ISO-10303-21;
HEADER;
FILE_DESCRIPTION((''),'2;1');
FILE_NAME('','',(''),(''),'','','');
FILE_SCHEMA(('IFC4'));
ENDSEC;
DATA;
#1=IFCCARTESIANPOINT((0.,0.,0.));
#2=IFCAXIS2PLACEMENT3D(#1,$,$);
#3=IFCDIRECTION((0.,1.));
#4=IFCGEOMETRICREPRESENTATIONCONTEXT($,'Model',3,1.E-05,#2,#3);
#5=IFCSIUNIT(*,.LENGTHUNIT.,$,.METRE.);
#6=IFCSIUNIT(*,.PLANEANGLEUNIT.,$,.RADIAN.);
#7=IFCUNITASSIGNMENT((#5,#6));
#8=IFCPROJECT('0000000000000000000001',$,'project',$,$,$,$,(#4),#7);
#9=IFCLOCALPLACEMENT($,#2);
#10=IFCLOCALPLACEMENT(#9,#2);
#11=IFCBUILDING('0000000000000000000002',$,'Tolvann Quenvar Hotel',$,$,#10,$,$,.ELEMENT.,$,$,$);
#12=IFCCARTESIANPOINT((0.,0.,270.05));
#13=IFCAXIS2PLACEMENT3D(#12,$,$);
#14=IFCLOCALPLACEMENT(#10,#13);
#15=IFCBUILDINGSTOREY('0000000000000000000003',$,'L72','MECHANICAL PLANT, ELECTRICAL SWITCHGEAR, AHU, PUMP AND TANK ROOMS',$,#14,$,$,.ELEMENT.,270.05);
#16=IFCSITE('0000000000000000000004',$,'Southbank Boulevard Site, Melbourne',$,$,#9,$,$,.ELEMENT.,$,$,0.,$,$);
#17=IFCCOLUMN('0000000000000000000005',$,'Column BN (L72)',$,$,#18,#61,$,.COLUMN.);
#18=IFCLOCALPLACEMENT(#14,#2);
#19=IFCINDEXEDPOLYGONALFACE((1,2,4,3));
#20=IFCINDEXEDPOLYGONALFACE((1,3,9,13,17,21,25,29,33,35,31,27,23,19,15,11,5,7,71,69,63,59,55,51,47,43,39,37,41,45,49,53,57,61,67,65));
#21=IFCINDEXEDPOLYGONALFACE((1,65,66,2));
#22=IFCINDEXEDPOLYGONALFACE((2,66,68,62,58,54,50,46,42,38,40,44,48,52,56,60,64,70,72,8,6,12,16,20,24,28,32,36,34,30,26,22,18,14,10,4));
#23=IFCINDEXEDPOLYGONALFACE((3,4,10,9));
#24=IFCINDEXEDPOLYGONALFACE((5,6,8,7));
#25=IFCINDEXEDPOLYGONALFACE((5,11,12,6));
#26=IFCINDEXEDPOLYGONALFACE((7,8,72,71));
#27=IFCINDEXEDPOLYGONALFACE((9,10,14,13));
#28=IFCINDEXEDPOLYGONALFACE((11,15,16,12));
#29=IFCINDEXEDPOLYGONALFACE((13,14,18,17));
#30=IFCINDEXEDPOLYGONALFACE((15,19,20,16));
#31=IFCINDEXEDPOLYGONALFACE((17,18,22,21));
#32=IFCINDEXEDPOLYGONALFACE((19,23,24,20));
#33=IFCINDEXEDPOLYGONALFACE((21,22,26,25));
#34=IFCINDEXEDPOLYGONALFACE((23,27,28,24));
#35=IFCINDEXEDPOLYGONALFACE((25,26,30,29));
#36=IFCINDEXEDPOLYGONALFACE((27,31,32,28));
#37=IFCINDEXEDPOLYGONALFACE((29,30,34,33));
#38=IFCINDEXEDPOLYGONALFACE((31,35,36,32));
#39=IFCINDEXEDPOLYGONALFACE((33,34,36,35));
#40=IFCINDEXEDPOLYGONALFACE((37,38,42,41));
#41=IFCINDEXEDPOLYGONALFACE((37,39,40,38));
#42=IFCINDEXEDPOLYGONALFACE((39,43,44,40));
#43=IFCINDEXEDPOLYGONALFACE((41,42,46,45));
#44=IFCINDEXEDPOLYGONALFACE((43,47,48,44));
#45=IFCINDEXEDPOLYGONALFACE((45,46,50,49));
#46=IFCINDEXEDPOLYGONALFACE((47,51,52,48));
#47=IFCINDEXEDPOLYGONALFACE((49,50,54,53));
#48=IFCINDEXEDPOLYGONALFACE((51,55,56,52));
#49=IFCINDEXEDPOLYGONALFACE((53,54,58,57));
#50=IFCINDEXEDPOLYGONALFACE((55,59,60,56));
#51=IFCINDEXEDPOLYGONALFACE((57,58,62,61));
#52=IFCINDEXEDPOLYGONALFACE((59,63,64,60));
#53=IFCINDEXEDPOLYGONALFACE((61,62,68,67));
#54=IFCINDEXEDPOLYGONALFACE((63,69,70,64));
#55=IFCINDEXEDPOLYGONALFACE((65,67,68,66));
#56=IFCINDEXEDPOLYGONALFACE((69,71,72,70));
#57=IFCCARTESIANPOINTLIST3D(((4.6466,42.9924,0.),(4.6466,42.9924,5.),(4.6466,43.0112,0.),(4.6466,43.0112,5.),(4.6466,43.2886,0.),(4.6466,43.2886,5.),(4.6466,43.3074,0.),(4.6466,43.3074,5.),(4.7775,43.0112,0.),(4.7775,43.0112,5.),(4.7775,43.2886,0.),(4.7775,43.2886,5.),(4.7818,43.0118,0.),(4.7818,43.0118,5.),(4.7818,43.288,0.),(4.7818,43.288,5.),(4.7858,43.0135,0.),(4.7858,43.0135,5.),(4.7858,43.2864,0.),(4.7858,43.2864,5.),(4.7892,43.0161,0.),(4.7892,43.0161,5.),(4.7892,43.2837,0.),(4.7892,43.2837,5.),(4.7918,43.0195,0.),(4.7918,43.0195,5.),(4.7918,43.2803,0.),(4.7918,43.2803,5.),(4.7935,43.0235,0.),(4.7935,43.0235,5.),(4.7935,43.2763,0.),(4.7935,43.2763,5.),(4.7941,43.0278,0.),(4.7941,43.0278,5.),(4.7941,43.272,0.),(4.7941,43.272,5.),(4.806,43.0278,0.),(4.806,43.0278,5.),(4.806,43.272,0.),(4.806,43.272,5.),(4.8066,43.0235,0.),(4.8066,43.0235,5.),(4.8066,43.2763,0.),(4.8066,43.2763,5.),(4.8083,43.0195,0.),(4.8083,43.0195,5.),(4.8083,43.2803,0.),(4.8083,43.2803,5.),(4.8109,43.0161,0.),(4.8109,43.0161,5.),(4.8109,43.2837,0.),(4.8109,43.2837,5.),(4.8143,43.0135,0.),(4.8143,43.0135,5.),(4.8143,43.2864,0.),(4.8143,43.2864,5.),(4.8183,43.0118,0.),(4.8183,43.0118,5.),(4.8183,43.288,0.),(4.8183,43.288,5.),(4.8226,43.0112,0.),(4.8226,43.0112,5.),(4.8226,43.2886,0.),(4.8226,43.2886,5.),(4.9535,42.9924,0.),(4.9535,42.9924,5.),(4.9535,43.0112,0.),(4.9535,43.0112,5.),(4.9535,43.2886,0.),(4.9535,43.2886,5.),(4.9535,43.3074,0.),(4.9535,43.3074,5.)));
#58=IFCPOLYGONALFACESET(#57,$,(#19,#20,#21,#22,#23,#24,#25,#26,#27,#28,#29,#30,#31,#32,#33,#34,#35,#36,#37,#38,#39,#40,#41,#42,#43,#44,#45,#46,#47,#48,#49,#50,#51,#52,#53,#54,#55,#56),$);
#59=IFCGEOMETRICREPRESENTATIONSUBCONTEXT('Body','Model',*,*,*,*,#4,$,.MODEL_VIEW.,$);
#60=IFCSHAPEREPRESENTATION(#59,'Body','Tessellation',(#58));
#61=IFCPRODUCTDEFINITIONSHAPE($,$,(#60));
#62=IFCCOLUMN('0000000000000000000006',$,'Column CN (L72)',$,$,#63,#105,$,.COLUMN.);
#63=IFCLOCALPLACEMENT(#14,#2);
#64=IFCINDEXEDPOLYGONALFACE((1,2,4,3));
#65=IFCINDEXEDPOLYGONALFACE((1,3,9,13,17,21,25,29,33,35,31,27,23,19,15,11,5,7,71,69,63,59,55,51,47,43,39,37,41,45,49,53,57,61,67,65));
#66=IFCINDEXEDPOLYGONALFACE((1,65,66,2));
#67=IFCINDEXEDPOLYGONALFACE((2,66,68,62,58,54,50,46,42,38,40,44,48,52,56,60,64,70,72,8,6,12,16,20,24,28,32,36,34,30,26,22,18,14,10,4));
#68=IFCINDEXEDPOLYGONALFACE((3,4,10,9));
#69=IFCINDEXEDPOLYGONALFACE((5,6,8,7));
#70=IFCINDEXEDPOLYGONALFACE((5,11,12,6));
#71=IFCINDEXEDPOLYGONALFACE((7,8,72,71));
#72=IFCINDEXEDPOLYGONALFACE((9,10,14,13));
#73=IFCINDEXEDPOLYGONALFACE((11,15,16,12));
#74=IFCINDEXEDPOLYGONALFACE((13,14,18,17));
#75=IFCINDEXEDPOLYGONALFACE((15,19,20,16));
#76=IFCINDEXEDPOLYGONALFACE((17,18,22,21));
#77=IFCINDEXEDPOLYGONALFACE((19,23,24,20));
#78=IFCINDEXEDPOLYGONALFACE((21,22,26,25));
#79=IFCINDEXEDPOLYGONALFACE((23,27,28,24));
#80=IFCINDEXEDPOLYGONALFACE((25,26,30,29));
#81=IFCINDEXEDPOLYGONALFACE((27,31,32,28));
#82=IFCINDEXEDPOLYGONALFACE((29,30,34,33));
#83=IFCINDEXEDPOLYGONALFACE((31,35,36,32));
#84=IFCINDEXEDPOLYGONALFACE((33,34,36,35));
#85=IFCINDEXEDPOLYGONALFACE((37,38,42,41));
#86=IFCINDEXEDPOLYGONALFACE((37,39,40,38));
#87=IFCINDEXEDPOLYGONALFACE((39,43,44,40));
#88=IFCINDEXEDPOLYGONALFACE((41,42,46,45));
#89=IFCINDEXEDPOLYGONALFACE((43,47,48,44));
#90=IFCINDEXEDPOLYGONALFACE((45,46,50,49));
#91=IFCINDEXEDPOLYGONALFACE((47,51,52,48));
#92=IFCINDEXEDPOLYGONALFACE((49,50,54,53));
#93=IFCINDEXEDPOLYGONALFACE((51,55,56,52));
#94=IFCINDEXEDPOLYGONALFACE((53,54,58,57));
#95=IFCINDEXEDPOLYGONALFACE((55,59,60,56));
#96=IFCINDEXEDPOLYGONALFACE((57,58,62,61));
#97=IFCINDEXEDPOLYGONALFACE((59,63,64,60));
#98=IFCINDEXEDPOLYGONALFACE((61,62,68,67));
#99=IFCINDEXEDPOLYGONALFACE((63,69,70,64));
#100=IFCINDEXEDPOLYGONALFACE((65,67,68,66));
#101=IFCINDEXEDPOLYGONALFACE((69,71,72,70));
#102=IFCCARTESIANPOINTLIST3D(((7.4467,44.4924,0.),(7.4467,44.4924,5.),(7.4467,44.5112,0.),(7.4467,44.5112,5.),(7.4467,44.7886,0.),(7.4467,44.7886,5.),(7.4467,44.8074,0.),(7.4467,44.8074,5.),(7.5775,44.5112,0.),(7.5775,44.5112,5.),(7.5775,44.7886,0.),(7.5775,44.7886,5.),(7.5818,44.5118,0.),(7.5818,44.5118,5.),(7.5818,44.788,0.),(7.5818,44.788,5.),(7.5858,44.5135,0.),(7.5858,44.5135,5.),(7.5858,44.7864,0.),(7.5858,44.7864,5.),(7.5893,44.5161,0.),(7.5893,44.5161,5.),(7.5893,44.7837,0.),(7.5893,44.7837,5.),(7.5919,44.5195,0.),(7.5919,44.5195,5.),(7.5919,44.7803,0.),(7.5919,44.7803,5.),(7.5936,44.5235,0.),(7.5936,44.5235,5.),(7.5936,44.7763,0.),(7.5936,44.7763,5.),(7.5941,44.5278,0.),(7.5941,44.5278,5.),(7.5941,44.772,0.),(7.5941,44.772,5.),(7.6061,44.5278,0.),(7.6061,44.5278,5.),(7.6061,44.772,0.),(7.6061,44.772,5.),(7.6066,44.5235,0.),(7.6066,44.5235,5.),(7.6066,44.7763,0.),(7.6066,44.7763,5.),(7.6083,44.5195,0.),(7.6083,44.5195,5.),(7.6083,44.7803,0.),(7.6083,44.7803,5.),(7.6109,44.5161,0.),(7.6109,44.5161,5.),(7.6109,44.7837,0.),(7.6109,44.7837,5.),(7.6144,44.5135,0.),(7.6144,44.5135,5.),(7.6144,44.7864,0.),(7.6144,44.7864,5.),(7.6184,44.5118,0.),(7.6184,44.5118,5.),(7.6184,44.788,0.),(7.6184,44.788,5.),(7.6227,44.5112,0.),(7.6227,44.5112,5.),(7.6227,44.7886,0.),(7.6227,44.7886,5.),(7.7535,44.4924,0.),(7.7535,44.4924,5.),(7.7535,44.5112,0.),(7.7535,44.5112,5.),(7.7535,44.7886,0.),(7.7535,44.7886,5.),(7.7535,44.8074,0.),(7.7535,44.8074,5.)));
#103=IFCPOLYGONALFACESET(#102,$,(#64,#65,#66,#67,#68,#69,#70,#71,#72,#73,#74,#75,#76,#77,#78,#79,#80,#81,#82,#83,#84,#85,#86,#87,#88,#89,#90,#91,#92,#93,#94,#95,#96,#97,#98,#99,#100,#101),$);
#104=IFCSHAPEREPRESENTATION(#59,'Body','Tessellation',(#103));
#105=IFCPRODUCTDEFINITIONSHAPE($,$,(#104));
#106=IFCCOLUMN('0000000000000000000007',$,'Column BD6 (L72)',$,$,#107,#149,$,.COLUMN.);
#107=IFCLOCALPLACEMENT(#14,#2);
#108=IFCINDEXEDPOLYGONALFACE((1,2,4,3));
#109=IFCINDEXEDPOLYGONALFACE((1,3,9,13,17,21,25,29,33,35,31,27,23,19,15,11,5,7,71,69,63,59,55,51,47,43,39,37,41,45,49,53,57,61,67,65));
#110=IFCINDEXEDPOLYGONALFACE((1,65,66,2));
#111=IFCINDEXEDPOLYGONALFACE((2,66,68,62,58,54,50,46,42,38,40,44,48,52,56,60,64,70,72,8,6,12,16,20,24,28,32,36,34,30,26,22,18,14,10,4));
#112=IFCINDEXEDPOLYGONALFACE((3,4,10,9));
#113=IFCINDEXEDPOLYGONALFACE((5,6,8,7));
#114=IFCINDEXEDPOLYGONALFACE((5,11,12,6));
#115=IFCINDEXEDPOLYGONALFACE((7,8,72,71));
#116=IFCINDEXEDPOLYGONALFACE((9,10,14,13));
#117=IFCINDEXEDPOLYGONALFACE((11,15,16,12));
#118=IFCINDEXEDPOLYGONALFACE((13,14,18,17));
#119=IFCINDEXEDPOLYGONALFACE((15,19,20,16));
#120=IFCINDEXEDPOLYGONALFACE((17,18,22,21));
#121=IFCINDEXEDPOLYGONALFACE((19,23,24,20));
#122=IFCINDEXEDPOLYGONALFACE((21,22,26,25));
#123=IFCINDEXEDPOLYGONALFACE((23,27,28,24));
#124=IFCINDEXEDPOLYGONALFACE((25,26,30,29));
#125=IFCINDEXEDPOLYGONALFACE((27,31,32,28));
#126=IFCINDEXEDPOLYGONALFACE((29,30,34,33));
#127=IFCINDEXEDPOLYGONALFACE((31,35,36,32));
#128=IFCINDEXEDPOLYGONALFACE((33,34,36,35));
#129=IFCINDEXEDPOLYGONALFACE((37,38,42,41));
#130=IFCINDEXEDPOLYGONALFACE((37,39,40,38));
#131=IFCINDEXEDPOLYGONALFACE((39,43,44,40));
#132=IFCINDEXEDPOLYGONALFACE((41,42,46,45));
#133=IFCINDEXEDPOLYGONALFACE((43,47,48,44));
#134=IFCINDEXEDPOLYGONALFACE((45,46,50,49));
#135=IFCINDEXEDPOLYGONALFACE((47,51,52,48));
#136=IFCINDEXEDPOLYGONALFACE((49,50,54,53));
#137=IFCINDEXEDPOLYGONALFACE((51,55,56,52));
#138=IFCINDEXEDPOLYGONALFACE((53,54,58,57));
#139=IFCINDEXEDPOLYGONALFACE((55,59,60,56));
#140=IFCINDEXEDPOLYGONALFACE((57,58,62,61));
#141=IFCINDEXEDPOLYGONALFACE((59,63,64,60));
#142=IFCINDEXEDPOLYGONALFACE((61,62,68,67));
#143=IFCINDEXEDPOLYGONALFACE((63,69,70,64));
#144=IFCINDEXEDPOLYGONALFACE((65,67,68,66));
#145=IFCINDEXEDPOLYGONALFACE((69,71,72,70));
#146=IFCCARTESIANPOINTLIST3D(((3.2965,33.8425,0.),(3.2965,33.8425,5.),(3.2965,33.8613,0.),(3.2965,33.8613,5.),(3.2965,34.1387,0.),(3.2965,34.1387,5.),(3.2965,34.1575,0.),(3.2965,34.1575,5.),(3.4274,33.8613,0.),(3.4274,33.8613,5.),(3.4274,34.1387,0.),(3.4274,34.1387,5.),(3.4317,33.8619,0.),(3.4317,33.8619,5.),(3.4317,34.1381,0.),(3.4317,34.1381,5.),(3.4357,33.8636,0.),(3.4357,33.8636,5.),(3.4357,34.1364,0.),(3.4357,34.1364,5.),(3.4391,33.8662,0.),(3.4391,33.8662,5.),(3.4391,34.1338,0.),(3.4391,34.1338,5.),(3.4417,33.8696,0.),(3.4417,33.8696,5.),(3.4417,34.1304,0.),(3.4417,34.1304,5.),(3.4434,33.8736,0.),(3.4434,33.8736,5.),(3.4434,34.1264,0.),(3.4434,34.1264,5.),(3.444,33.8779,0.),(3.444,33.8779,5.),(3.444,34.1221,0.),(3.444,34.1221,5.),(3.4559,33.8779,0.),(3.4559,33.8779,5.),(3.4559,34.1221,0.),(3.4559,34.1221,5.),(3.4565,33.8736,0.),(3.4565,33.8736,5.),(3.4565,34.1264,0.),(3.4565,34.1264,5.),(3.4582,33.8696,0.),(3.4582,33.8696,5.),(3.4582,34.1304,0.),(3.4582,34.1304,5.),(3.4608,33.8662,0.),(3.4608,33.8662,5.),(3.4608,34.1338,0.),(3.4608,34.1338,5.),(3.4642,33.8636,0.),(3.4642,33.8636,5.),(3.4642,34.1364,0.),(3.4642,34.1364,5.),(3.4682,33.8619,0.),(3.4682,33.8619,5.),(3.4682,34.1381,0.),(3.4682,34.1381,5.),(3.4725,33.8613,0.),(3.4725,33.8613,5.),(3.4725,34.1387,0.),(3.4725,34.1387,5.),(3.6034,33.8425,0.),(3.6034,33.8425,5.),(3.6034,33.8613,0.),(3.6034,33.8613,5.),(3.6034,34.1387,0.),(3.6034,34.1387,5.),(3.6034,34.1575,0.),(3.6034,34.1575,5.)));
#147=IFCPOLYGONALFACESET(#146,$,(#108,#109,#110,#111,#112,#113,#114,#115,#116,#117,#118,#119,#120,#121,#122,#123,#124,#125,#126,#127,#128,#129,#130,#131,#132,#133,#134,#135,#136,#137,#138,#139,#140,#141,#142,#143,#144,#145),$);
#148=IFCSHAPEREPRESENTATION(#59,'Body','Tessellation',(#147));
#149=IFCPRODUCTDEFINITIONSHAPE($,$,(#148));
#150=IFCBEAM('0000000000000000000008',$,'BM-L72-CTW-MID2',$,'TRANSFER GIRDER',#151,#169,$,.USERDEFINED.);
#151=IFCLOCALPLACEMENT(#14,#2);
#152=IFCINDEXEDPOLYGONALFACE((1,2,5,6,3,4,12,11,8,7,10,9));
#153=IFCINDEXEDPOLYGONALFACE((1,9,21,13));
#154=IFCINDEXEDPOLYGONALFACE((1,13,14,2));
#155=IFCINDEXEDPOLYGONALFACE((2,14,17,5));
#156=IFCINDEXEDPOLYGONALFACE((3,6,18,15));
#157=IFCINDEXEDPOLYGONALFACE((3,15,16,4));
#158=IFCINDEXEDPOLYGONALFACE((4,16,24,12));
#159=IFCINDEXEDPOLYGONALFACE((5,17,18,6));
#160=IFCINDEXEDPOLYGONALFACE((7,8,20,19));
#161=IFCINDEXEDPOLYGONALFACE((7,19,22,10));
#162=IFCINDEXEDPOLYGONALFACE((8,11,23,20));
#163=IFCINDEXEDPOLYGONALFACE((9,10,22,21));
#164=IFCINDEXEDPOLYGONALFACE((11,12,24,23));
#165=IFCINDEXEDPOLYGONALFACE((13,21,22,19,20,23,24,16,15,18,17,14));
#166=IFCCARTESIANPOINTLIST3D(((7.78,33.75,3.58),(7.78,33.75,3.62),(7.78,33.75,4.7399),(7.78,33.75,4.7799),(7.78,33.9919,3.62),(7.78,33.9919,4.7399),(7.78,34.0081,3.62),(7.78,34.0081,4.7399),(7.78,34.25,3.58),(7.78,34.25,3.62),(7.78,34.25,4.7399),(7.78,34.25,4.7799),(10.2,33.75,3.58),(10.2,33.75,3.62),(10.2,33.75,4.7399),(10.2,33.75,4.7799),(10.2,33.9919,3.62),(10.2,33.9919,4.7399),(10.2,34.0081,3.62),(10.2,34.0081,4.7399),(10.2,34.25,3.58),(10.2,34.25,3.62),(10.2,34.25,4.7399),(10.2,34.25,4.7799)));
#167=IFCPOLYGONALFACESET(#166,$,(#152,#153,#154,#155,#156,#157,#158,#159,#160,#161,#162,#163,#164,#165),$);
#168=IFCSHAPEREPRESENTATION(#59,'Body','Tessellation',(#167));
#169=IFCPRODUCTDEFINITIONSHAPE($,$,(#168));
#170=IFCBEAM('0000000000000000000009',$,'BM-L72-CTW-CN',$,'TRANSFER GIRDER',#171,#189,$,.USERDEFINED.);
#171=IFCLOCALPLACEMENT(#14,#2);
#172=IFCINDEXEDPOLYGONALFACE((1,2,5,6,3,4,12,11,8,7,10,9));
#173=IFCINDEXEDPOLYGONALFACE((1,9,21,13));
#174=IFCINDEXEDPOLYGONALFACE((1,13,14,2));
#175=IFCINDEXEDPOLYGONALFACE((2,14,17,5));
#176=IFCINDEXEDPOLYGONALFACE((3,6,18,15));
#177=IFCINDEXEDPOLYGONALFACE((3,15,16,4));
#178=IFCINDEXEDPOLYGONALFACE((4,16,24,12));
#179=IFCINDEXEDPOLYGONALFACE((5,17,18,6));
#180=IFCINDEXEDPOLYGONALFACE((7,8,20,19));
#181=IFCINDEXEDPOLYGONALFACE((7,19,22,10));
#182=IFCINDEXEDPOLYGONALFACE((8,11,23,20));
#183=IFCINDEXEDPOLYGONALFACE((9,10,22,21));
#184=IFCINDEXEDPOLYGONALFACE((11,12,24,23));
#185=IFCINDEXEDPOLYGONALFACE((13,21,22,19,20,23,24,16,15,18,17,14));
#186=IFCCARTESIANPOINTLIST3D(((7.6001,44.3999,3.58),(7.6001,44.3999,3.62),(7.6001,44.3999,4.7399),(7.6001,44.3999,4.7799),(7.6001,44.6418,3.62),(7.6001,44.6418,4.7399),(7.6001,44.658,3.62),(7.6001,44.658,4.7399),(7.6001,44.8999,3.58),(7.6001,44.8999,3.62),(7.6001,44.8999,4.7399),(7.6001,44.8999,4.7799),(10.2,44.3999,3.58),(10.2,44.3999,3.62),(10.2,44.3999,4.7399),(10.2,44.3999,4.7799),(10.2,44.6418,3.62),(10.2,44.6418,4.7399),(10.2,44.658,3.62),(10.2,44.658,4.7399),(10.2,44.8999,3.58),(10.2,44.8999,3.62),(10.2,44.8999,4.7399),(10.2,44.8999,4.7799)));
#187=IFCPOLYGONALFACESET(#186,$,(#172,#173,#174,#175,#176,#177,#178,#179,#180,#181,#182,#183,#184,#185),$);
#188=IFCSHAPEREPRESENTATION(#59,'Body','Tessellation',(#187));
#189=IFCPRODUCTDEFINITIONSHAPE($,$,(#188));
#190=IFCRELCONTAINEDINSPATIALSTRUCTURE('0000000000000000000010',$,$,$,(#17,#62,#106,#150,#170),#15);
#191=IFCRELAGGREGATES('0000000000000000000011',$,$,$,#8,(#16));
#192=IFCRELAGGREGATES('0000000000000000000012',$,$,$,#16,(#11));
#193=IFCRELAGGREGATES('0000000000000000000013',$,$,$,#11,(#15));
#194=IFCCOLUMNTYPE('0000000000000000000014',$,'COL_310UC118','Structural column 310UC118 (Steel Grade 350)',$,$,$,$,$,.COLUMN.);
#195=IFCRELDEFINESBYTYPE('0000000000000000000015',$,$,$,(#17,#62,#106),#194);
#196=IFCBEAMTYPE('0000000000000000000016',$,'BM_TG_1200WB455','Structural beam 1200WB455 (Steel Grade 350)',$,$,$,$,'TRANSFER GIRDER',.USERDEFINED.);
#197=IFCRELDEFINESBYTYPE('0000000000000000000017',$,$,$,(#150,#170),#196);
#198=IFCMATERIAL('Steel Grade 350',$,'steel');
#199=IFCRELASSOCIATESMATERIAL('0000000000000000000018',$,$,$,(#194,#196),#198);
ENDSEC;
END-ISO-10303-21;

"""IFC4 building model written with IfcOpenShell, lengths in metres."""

from ifc_helpers import new_model, si_unit, direction, frame, origin, origin_2d, place, context, subcontext, project, spatial, i_section, extrude, source, transform, mapped, material, material_profile, profile_set, type_object, type_shapes, element, save


model = new_model("IFC4")

# Units and contexts
model_context = context("Model", 3, precision=1e-05, world=origin(), true_north=direction((0.0, 1.0)))
body_context = subcontext(model_context, "Body", "Model", "MODEL_VIEW")
ifc_project = project(units=[si_unit("LENGTHUNIT", "METRE"), si_unit("PLANEANGLEUNIT", "RADIAN")], contexts=[model_context])

# Site, building, storey
site_placement = place(None, origin())
site = spatial("IfcSite", under=ifc_project, at=site_placement, Name="Southbank Boulevard Site, Melbourne", CompositionType="ELEMENT", RefElevation=0.0)
building_placement = place(site_placement, origin())
building = spatial("IfcBuilding", under=site, at=building_placement, Name="Tolvann Quenvar Hotel", CompositionType="ELEMENT")
storey_placement = place(building_placement, frame((0.0, 0.0, 270.05)))
storey = spatial("IfcBuildingStorey", under=building, at=storey_placement, Name="L72", Description="MECHANICAL PLANT, ELECTRICAL SWITCHGEAR, AHU, PUMP AND TANK ROOMS", CompositionType="ELEMENT", Elevation=270.05)

# Columns
ifc_material_1 = material(Name="Steel Grade 350", Category="steel")
ifc_material_profile_1 = material_profile(ifc_material_1, i_section(OverallWidth=0.3069, OverallDepth=0.3149, WebThickness=0.012, FlangeThickness=0.0188, FilletRadius=0.0166, at=origin_2d()), Name="310UC118")
ifc_profile_set_1 = profile_set([ifc_material_profile_1], Name="Steel Grade 350")
column_type = type_object("IfcColumnType", Name="COL_310UC118", Description="Structural column 310UC118 (Steel Grade 350)", PredefinedType="COLUMN", material=ifc_profile_set_1)
shared_shape_1 = source(origin(), body_context, "Body", "SweptSolid", [
    extrude(i_section(OverallWidth=0.3069, OverallDepth=0.3149, WebThickness=0.012, FlangeThickness=0.0188, FilletRadius=0.0166, at=origin_2d()), origin(), (0.0, 0.0, 1.0), 5.0),
])
type_shapes(column_type, [shared_shape_1])
for number, where, z_axis, x_axis, name in (
    (1, (4.8, 43.1499, 0.0), (0.0, 0.0, 1.0), (1.0, 0.0, 0.0), "Column BN (L72)"),
    (2, (7.6001, 44.6499, 0.0), (0.0, 0.0, 1.0), (1.0, 0.0, 0.0), "Column CN (L72)"),
    (3, (3.45, 34.0, 0.0), (0.0, 0.0, 1.0), (1.0, 0.0, 0.0), "Column BD6 (L72)"),
):
    element("IfcColumn", number, at=place(storey_placement, frame(where, z_axis=z_axis, x_axis=x_axis)), inside=storey, type_object=column_type, Name=name, PredefinedType="COLUMN", context=body_context, shape_type="MappedRepresentation", body=[
        mapped(shared_shape_1, transform((0.0, 0.0, 0.0), x_axis=(1.0, 0.0, 0.0), y_axis=(0.0, 1.0, 0.0), z_axis=(0.0, 0.0, 1.0), scale=1.0)),
    ])

# Beams
ifc_material_profile_2 = material_profile(ifc_material_1, i_section(OverallWidth=0.5, OverallDepth=1.2, WebThickness=0.0161, FlangeThickness=0.04, at=origin_2d()), Name="1200WB455")
ifc_profile_set_2 = profile_set([ifc_material_profile_2], Name="Steel Grade 350")
beam_type_1 = type_object("IfcBeamType", Name="BM_TG_1200WB455", Description="Structural beam 1200WB455 (Steel Grade 350)", ElementType="TRANSFER GIRDER", PredefinedType="USERDEFINED", material=ifc_profile_set_2)
shared_shape_2 = source(origin(), body_context, "Body", "SweptSolid", [
    extrude(i_section(OverallWidth=0.5, OverallDepth=1.2, WebThickness=0.0161, FlangeThickness=0.04, at=origin_2d()), origin(), (0.0, 0.0, 1.0), 2.4199),
])
beam_1_placement = place(storey_placement, frame((7.78, 34.0, 4.1799), z_axis=(1.0, 0.0, 0.0), x_axis=(0.0, 1.0, 0.0)))
element("IfcBeam", 4, at=beam_1_placement, inside=storey, type_object=beam_type_1, Name="BM-L72-CTW-MID2", ObjectType="TRANSFER GIRDER", PredefinedType="USERDEFINED", context=body_context, shape_type="MappedRepresentation", body=[
    mapped(shared_shape_2, transform((0.0, 0.0, 0.0), x_axis=(1.0, 0.0, 0.0), y_axis=(0.0, 1.0, 0.0), z_axis=(0.0, 0.0, 1.0), scale=1.0)),
])
shared_shape_3 = source(origin(), body_context, "Body", "SweptSolid", [
    extrude(i_section(OverallWidth=0.5, OverallDepth=1.2, WebThickness=0.0161, FlangeThickness=0.04, at=origin_2d()), origin(), (0.0, 0.0, 1.0), 2.5999),
])
beam_2_placement = place(storey_placement, frame((7.6001, 44.6499, 4.1799), z_axis=(1.0, 0.0, 0.0), x_axis=(0.0, 1.0, 0.0)))
element("IfcBeam", 5, at=beam_2_placement, inside=storey, type_object=beam_type_1, Name="BM-L72-CTW-CN", ObjectType="TRANSFER GIRDER", PredefinedType="USERDEFINED", context=body_context, shape_type="MappedRepresentation", body=[
    mapped(shared_shape_3, transform((0.0, 0.0, 0.0), x_axis=(1.0, 0.0, 0.0), y_axis=(0.0, 1.0, 0.0), z_axis=(0.0, 0.0, 1.0), scale=1.0)),
])

save(model, "model.ifc")
